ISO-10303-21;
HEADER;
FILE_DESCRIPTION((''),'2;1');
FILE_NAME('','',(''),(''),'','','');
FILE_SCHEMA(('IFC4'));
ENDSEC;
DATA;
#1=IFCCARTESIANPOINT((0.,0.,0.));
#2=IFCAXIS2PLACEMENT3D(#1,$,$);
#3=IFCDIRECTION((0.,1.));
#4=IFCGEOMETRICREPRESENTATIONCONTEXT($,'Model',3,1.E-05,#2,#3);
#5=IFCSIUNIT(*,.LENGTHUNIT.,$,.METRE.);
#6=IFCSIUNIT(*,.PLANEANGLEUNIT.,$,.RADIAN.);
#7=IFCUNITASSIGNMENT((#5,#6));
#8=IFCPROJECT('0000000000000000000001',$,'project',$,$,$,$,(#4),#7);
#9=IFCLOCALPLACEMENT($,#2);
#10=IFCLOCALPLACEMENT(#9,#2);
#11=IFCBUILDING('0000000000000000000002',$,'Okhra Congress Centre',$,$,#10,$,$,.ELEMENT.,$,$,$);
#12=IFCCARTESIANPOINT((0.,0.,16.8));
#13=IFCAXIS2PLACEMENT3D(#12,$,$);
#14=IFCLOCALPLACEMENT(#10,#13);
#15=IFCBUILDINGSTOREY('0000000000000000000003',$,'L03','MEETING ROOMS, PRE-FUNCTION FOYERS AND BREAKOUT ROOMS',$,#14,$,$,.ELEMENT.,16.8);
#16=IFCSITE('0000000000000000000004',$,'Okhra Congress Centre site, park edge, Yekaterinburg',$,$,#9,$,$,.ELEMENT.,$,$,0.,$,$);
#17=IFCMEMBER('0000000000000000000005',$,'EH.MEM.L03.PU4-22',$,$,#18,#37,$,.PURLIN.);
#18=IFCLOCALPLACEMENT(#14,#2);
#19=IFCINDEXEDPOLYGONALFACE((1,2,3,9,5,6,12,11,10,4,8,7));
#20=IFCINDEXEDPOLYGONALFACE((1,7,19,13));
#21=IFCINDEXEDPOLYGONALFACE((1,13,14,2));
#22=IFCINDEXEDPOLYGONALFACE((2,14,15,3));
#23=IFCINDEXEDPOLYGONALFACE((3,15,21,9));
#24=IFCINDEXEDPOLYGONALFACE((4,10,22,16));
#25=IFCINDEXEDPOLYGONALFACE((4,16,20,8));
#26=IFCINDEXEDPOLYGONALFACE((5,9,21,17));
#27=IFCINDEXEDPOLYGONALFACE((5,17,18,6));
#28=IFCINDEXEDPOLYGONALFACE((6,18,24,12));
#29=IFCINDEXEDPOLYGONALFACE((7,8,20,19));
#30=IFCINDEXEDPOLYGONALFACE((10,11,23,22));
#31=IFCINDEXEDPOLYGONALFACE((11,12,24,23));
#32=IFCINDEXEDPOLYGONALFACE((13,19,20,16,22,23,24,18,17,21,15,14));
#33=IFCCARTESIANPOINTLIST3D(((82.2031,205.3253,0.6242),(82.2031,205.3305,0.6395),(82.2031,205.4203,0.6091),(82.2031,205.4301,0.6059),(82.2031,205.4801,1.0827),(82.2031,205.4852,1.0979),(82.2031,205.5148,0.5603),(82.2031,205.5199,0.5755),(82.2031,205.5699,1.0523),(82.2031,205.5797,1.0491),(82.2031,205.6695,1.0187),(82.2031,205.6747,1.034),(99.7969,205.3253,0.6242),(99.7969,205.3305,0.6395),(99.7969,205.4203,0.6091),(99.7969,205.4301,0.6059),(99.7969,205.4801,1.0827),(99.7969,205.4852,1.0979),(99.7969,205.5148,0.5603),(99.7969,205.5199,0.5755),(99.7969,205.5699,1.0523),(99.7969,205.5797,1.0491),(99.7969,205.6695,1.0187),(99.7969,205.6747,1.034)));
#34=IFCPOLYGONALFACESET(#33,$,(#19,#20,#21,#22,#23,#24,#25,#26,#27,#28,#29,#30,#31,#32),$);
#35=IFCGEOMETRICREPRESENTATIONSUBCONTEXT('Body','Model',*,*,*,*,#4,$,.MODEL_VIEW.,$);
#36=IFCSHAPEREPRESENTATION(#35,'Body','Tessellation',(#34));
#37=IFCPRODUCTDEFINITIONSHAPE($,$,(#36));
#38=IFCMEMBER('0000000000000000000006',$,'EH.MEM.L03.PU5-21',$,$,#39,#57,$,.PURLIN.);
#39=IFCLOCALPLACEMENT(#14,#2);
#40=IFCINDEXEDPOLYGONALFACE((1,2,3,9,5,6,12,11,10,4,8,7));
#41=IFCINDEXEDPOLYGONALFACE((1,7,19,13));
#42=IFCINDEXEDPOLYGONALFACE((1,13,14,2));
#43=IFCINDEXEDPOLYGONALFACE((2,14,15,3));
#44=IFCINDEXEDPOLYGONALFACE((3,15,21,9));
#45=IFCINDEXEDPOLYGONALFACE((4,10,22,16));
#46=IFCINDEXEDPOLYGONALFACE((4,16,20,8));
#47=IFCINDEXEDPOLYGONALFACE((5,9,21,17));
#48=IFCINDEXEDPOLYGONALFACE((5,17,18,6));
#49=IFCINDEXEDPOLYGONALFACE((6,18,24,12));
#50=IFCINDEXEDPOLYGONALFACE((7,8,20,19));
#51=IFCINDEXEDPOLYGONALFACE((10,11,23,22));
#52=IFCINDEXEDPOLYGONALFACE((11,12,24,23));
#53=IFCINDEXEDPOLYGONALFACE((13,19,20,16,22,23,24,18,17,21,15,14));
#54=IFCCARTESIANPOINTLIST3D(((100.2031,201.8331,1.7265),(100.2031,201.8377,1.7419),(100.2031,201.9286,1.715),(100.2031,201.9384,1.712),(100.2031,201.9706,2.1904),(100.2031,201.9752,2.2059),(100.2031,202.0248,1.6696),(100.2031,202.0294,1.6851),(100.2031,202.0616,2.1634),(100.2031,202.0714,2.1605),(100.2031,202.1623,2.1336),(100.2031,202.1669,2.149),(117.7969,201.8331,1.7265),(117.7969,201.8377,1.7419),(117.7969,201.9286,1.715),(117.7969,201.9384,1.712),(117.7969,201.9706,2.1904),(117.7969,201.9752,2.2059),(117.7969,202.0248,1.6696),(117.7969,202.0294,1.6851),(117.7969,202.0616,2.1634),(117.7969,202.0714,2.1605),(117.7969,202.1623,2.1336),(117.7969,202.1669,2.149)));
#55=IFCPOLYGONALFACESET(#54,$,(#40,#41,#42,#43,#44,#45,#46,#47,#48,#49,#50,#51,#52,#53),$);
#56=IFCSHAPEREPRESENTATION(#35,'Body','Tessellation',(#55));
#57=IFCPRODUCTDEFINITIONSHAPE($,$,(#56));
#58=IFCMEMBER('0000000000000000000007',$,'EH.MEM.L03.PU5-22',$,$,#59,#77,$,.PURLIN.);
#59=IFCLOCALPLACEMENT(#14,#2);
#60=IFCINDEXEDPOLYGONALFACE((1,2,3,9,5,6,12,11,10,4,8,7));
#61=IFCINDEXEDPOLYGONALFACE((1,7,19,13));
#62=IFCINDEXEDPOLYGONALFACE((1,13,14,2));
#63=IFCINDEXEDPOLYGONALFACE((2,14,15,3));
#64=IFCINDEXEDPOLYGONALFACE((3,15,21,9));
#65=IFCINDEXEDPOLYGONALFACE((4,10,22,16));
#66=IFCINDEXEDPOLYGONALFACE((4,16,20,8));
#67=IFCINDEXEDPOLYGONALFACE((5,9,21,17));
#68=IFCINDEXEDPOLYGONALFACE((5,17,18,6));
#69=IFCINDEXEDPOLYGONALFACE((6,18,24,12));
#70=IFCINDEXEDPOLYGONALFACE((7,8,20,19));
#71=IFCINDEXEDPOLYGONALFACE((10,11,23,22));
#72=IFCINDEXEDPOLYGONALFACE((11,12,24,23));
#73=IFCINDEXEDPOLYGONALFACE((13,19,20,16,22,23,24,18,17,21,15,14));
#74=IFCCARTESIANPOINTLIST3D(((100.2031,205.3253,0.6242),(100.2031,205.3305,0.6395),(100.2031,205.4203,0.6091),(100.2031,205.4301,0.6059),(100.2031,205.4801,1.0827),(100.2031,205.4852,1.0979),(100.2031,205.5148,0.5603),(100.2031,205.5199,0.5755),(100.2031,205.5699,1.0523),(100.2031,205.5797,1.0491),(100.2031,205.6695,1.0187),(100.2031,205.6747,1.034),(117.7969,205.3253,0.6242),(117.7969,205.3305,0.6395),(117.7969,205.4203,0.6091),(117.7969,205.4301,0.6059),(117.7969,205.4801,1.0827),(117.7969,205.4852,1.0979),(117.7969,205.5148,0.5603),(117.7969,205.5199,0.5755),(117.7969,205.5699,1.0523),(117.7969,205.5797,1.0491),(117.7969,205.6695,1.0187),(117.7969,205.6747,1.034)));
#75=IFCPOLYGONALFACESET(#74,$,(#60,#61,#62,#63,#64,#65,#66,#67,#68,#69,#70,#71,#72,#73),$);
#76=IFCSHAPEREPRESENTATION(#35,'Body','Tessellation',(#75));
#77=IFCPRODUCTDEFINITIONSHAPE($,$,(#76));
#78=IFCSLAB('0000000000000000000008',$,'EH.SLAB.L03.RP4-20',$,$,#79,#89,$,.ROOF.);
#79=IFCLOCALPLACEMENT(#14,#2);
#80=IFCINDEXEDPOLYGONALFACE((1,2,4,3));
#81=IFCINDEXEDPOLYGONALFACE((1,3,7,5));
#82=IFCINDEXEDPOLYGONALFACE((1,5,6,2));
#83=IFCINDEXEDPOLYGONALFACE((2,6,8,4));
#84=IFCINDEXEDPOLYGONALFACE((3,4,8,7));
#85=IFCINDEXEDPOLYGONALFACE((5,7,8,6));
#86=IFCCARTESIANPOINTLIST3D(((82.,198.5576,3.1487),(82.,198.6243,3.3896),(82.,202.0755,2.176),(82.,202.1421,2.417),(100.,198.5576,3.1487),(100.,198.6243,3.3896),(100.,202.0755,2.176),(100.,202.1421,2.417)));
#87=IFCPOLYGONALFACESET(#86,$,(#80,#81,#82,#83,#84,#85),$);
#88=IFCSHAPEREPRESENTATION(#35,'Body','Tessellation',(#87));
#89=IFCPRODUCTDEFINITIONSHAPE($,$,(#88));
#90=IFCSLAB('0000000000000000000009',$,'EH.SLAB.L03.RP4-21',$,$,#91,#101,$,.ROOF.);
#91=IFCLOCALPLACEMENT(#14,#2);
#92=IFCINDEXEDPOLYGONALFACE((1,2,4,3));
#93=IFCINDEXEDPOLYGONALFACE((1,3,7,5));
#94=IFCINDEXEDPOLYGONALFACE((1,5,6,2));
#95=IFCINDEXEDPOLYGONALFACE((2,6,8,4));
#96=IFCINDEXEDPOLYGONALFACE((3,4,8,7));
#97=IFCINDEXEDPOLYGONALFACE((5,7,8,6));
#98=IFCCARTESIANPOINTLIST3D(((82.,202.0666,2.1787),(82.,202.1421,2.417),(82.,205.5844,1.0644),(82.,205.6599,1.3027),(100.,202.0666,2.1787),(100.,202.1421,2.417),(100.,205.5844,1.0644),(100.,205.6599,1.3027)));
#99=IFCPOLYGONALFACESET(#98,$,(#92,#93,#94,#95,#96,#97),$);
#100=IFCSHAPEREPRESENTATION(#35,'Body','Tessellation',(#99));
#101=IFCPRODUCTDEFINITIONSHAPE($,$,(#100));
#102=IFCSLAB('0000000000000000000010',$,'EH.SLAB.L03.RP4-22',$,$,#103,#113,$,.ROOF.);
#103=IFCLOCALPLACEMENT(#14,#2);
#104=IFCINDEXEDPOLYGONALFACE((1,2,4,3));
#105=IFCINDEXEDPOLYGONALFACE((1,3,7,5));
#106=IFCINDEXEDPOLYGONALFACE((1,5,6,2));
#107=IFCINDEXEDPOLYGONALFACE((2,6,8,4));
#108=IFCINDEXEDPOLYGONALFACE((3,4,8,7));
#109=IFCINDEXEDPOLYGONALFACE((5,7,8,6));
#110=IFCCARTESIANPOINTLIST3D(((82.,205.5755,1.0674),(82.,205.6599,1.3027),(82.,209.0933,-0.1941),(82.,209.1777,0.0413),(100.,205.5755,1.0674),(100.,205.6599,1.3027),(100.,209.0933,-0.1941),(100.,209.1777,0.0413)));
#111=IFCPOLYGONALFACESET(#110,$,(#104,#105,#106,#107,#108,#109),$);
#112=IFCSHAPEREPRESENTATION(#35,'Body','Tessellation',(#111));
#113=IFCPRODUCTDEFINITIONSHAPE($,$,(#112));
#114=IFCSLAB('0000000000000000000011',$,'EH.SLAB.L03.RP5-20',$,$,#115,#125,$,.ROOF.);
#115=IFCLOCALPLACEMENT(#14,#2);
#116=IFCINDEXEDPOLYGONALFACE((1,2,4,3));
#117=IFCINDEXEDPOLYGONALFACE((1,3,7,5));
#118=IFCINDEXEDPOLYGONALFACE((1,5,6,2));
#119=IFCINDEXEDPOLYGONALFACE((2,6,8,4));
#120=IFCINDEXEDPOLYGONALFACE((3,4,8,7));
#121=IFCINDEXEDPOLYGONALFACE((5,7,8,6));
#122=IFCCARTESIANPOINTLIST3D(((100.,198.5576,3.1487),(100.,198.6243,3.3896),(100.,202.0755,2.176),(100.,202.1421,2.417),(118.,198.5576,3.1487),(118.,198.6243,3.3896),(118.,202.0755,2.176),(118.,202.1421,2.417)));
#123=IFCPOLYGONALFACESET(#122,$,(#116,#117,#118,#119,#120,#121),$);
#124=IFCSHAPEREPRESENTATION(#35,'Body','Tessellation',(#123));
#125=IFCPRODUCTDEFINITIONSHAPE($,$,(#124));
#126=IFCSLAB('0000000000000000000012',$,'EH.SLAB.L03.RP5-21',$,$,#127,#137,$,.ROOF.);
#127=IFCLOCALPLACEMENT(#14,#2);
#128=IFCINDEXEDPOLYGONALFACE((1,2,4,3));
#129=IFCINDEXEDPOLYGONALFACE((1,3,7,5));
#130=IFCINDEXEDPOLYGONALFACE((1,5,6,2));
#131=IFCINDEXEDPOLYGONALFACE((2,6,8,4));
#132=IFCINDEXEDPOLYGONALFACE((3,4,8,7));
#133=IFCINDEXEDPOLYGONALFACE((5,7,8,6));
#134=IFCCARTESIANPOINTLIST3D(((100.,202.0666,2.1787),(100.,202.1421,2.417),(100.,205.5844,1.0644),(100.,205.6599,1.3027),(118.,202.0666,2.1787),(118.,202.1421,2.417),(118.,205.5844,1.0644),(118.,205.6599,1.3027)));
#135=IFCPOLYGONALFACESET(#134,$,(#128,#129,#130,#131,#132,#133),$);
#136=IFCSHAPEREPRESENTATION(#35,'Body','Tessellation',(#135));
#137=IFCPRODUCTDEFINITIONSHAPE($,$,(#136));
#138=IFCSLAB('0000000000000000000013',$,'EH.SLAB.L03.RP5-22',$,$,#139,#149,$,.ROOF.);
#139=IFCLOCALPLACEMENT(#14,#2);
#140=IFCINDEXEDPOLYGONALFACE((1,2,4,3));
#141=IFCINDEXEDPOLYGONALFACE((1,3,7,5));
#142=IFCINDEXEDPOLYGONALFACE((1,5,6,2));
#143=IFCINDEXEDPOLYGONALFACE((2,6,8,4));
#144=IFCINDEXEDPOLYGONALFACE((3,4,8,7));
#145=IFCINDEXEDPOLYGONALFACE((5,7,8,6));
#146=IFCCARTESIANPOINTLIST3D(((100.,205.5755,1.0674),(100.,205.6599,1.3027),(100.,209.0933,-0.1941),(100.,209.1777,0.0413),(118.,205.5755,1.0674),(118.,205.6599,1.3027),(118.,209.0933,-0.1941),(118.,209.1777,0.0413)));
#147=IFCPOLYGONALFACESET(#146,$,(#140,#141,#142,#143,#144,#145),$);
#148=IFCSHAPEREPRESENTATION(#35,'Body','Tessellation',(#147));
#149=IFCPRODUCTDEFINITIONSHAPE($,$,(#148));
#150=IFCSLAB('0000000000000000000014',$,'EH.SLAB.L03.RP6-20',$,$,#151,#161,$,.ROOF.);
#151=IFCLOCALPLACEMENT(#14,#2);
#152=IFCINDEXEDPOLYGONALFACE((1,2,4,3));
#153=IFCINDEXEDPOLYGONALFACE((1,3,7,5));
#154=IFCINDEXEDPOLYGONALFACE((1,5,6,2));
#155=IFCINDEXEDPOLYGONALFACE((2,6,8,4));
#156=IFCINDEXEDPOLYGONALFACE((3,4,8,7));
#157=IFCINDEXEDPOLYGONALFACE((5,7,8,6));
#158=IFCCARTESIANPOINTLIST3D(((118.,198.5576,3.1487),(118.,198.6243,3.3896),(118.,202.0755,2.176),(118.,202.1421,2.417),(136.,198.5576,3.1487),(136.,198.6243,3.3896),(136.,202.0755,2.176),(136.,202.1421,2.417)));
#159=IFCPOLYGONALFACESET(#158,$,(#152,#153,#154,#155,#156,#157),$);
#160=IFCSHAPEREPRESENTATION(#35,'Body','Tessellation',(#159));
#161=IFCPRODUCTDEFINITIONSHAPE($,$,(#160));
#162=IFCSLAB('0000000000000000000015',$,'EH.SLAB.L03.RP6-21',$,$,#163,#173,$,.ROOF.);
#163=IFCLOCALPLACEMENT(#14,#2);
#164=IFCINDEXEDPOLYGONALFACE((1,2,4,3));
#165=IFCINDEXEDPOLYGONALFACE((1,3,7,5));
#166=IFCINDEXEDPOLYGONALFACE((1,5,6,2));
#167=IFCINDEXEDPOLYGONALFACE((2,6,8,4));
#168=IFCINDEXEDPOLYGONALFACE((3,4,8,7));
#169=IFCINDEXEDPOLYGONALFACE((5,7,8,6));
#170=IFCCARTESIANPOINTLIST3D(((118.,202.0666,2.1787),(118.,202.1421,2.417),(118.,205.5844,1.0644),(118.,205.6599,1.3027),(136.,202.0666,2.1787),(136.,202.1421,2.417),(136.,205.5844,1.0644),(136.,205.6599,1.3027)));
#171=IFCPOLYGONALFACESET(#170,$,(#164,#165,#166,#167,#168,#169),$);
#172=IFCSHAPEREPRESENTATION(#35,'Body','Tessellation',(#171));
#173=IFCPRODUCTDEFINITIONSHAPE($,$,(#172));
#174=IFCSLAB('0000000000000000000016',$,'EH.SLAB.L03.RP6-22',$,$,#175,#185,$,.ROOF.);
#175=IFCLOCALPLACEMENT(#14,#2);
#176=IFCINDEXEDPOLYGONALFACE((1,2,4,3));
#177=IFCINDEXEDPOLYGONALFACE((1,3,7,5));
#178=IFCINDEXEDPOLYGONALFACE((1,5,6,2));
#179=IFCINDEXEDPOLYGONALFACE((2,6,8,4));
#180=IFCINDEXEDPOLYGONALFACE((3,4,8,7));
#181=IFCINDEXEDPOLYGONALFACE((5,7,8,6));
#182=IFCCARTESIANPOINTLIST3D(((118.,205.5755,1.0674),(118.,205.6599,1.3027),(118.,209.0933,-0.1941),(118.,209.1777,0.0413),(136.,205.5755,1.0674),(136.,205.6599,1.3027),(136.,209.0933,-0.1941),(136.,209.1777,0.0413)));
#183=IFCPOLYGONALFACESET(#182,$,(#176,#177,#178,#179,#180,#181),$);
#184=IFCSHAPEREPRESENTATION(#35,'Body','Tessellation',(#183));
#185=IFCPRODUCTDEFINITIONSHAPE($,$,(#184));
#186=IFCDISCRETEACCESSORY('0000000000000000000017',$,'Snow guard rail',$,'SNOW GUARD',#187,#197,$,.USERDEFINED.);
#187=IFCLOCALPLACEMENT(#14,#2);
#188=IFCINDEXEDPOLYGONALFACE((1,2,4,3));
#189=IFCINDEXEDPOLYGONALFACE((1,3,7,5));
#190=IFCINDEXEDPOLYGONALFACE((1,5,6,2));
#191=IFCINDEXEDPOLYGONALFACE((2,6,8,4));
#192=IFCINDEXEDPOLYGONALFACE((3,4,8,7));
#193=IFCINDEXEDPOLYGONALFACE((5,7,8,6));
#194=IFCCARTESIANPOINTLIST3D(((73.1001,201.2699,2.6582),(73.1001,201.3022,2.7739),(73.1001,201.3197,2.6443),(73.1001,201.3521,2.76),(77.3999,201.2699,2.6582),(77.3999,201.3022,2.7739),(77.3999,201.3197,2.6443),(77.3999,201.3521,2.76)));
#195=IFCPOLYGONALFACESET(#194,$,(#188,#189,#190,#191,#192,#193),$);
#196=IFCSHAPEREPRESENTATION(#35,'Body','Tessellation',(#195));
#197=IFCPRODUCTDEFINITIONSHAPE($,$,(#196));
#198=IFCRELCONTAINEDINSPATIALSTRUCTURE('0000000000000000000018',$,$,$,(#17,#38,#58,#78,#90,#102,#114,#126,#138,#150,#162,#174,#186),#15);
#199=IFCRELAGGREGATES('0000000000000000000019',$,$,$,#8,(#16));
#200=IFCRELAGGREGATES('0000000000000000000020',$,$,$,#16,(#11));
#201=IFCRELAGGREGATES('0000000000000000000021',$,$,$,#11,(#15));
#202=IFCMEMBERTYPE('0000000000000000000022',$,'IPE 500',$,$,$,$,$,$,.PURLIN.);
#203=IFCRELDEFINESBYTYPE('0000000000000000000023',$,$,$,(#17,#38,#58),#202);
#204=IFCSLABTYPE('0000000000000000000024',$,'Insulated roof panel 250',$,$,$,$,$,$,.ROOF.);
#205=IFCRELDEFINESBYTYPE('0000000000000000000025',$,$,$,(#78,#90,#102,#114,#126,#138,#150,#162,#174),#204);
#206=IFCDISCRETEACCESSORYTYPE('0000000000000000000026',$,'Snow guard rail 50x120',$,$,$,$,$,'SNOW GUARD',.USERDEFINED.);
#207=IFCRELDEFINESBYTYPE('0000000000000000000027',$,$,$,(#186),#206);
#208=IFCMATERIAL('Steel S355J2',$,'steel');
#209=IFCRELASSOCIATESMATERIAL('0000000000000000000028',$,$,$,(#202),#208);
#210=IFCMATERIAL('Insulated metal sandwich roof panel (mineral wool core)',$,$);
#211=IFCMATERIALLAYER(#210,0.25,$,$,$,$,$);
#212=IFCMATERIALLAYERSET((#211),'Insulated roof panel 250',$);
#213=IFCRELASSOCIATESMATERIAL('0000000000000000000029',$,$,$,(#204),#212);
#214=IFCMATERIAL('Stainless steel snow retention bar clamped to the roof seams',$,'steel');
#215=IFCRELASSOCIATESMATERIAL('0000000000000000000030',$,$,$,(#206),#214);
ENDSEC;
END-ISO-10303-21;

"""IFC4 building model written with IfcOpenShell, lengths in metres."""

from ifc_helpers import new_model, si_unit, direction, frame, origin, origin_2d, place, context, subcontext, project, spatial, polyline, i_section, outline, extrude, material, layer, layer_set, material_profile, profile_set, type_object, element, save


model = new_model("IFC4")

# Units and contexts
model_context = context("Model", 3, precision=1e-05, world=origin(), true_north=direction((0.0, 1.0)))
body_context = subcontext(model_context, "Body", "Model", "MODEL_VIEW")
ifc_project = project(units=[si_unit("LENGTHUNIT", "METRE"), si_unit("PLANEANGLEUNIT", "RADIAN")], contexts=[model_context])

# Site, building, storey
site_placement = place(None, origin())
site = spatial("IfcSite", under=ifc_project, at=site_placement, Name="Okhra Congress Centre site, park edge, Yekaterinburg", CompositionType="ELEMENT", RefElevation=0.0)
building_placement = place(site_placement, origin())
building = spatial("IfcBuilding", under=site, at=building_placement, Name="Okhra Congress Centre", CompositionType="ELEMENT")
storey_placement = place(building_placement, frame((0.0, 0.0, 16.8)))
storey = spatial("IfcBuildingStorey", under=building, at=storey_placement, Name="L03", Description="MEETING ROOMS, PRE-FUNCTION FOYERS AND BREAKOUT ROOMS", CompositionType="ELEMENT", Elevation=16.8)

# Members
ifc_material_1 = material(Name="Steel S355J2", Category="steel")
ifc_material_profile_1 = material_profile(ifc_material_1, i_section(OverallWidth=0.2, OverallDepth=0.5, WebThickness=0.0103, FlangeThickness=0.0161, at=origin_2d()), Name="IPE 500")
ifc_profile_set_1 = profile_set([ifc_material_profile_1], Name="Steel S355J2")
member_type_1 = type_object("IfcMemberType", Name="IPE 500", PredefinedType="PURLIN", material=ifc_profile_set_1)
for number, where, z_axis, x_axis, name in (
    (1, (82.2031, 205.5, 0.8291), (1.0, 0.0, 0.0), (0.0, 0.947481, -0.319813), "EH.MEM.L03.PU4-22"),
    (2, (100.2031, 202.0, 1.9377), (1.0, 0.0, 0.0), (0.0, 0.958743, -0.284276), "EH.MEM.L03.PU5-21"),
    (3, (100.2031, 205.5, 0.8291), (1.0, 0.0, 0.0), (0.0, 0.947481, -0.319813), "EH.MEM.L03.PU5-22"),
):
    element("IfcMember", number, at=place(storey_placement, frame(where, z_axis=z_axis, x_axis=x_axis)), inside=storey, type_object=member_type_1, Name=name, PredefinedType="PURLIN", context=body_context, shape_type="SweptSolid", body=[
        extrude(i_section(OverallWidth=0.2, OverallDepth=0.5, WebThickness=0.0103, FlangeThickness=0.0161, at=origin_2d()), origin(), (0.0, 0.0, 1.0), 17.5938),
    ])

# Slabs
ifc_material_2 = material(Name="Insulated metal sandwich roof panel (mineral wool core)")
ifc_layer = layer(ifc_material_2, 0.25)
ifc_layer_set = layer_set([ifc_layer], Name="Insulated roof panel 250")
slab_type = type_object("IfcSlabType", Name="Insulated roof panel 250", PredefinedType="ROOF", material=ifc_layer_set)
slab_1_placement = place(storey_placement, frame((82.0, 198.6243, 3.3896), z_axis=(0.0, 0.266495, 0.963836), x_axis=(1.0, 0.0, 0.0)))
element("IfcSlab", 4, at=slab_1_placement, inside=storey, type_object=slab_type, Name="EH.SLAB.L03.RP4-20", PredefinedType="ROOF", context=body_context, shape_type="SweptSolid", body=[
    extrude(outline(polyline([(0.0, 0.0), (18.0, 0.0), (18.0, 3.6498), (0.0, 3.6498), (0.0, 0.0)])), origin(), (0.0, 0.0, -1.0), 0.25),
])
slab_2_placement = place(storey_placement, frame((82.0, 202.1421, 2.417), z_axis=(0.0, 0.301961, 0.95332), x_axis=(1.0, 0.0, 0.0)))
element("IfcSlab", 5, at=slab_2_placement, inside=storey, type_object=slab_type, Name="EH.SLAB.L03.RP4-21", PredefinedType="ROOF", context=body_context, shape_type="SweptSolid", body=[
    extrude(outline(polyline([(0.0, 0.0), (18.0, 0.0), (18.0, 3.6901), (0.0, 3.6901), (0.0, 0.0)])), origin(), (0.0, 0.0, -1.0), 0.25),
])
slab_3_placement = place(storey_placement, frame((82.0, 205.6599, 1.3027), z_axis=(0.0, 0.337549, 0.941308), x_axis=(1.0, 0.0, 0.0)))
element("IfcSlab", 6, at=slab_3_placement, inside=storey, type_object=slab_type, Name="EH.SLAB.L03.RP4-22", PredefinedType="ROOF", context=body_context, shape_type="SweptSolid", body=[
    extrude(outline(polyline([(0.0, 0.0), (18.0, 0.0), (18.0, 3.7372), (0.0, 3.7372), (0.0, 0.0)])), origin(), (0.0, 0.0, -1.0), 0.25),
])
slab_4_placement = place(storey_placement, frame((100.0, 198.6243, 3.3896), z_axis=(0.0, 0.266495, 0.963836), x_axis=(1.0, 0.0, 0.0)))
element("IfcSlab", 7, at=slab_4_placement, inside=storey, type_object=slab_type, Name="EH.SLAB.L03.RP5-20", PredefinedType="ROOF", context=body_context, shape_type="SweptSolid", body=[
    extrude(outline(polyline([(0.0, 0.0), (18.0, 0.0), (18.0, 3.6498), (0.0, 3.6498), (0.0, 0.0)])), origin(), (0.0, 0.0, -1.0), 0.25),
])
slab_5_placement = place(storey_placement, frame((100.0, 202.1421, 2.417), z_axis=(0.0, 0.301961, 0.95332), x_axis=(1.0, 0.0, 0.0)))
element("IfcSlab", 8, at=slab_5_placement, inside=storey, type_object=slab_type, Name="EH.SLAB.L03.RP5-21", PredefinedType="ROOF", context=body_context, shape_type="SweptSolid", body=[
    extrude(outline(polyline([(0.0, 0.0), (18.0, 0.0), (18.0, 3.6901), (0.0, 3.6901), (0.0, 0.0)])), origin(), (0.0, 0.0, -1.0), 0.25),
])
slab_6_placement = place(storey_placement, frame((100.0, 205.6599, 1.3027), z_axis=(0.0, 0.337549, 0.941308), x_axis=(1.0, 0.0, 0.0)))
element("IfcSlab", 9, at=slab_6_placement, inside=storey, type_object=slab_type, Name="EH.SLAB.L03.RP5-22", PredefinedType="ROOF", context=body_context, shape_type="SweptSolid", body=[
    extrude(outline(polyline([(0.0, 0.0), (18.0, 0.0), (18.0, 3.7372), (0.0, 3.7372), (0.0, 0.0)])), origin(), (0.0, 0.0, -1.0), 0.25),
])
slab_7_placement = place(storey_placement, frame((118.0, 198.6243, 3.3896), z_axis=(0.0, 0.266495, 0.963836), x_axis=(1.0, 0.0, 0.0)))
element("IfcSlab", 10, at=slab_7_placement, inside=storey, type_object=slab_type, Name="EH.SLAB.L03.RP6-20", PredefinedType="ROOF", context=body_context, shape_type="SweptSolid", body=[
    extrude(outline(polyline([(0.0, 0.0), (18.0, 0.0), (18.0, 3.6498), (0.0, 3.6498), (0.0, 0.0)])), origin(), (0.0, 0.0, -1.0), 0.25),
])
slab_8_placement = place(storey_placement, frame((118.0, 202.1421, 2.417), z_axis=(0.0, 0.301961, 0.95332), x_axis=(1.0, 0.0, 0.0)))
element("IfcSlab", 11, at=slab_8_placement, inside=storey, type_object=slab_type, Name="EH.SLAB.L03.RP6-21", PredefinedType="ROOF", context=body_context, shape_type="SweptSolid", body=[
    extrude(outline(polyline([(0.0, 0.0), (18.0, 0.0), (18.0, 3.6901), (0.0, 3.6901), (0.0, 0.0)])), origin(), (0.0, 0.0, -1.0), 0.25),
])
slab_9_placement = place(storey_placement, frame((118.0, 205.6599, 1.3027), z_axis=(0.0, 0.337549, 0.941308), x_axis=(1.0, 0.0, 0.0)))
element("IfcSlab", 12, at=slab_9_placement, inside=storey, type_object=slab_type, Name="EH.SLAB.L03.RP6-22", PredefinedType="ROOF", context=body_context, shape_type="SweptSolid", body=[
    extrude(outline(polyline([(0.0, 0.0), (18.0, 0.0), (18.0, 3.7372), (0.0, 3.7372), (0.0, 0.0)])), origin(), (0.0, 0.0, -1.0), 0.25),
])

# Discrete accessory
ifc_material_3 = material(Name="Stainless steel snow retention bar clamped to the roof seams", Category="steel")
discrete_accessory_type = type_object("IfcDiscreteAccessoryType", Name="Snow guard rail 50x120", ElementType="SNOW GUARD", PredefinedType="USERDEFINED", material=ifc_material_3)
for number, where, z_axis, x_axis, name in (
    (13, (73.1001, 201.3022, 2.7739), (0.0, 0.269105, 0.963111), (1.0, 0.0, 0.0), "Snow guard rail"),
):
    element("IfcDiscreteAccessory", number, at=place(storey_placement, frame(where, z_axis=z_axis, x_axis=x_axis)), inside=storey, type_object=discrete_accessory_type, Name=name, ObjectType="SNOW GUARD", PredefinedType="USERDEFINED", context=body_context, shape_type="SweptSolid", body=[
        extrude(outline(polyline([(0.0, 0.0), (4.2998, 0.0), (4.2998, 0.0517), (0.0, 0.0517), (0.0, 0.0)])), origin(), (0.0, 0.0, -1.0), 0.1201),
    ])

save(model, "model.ifc")
